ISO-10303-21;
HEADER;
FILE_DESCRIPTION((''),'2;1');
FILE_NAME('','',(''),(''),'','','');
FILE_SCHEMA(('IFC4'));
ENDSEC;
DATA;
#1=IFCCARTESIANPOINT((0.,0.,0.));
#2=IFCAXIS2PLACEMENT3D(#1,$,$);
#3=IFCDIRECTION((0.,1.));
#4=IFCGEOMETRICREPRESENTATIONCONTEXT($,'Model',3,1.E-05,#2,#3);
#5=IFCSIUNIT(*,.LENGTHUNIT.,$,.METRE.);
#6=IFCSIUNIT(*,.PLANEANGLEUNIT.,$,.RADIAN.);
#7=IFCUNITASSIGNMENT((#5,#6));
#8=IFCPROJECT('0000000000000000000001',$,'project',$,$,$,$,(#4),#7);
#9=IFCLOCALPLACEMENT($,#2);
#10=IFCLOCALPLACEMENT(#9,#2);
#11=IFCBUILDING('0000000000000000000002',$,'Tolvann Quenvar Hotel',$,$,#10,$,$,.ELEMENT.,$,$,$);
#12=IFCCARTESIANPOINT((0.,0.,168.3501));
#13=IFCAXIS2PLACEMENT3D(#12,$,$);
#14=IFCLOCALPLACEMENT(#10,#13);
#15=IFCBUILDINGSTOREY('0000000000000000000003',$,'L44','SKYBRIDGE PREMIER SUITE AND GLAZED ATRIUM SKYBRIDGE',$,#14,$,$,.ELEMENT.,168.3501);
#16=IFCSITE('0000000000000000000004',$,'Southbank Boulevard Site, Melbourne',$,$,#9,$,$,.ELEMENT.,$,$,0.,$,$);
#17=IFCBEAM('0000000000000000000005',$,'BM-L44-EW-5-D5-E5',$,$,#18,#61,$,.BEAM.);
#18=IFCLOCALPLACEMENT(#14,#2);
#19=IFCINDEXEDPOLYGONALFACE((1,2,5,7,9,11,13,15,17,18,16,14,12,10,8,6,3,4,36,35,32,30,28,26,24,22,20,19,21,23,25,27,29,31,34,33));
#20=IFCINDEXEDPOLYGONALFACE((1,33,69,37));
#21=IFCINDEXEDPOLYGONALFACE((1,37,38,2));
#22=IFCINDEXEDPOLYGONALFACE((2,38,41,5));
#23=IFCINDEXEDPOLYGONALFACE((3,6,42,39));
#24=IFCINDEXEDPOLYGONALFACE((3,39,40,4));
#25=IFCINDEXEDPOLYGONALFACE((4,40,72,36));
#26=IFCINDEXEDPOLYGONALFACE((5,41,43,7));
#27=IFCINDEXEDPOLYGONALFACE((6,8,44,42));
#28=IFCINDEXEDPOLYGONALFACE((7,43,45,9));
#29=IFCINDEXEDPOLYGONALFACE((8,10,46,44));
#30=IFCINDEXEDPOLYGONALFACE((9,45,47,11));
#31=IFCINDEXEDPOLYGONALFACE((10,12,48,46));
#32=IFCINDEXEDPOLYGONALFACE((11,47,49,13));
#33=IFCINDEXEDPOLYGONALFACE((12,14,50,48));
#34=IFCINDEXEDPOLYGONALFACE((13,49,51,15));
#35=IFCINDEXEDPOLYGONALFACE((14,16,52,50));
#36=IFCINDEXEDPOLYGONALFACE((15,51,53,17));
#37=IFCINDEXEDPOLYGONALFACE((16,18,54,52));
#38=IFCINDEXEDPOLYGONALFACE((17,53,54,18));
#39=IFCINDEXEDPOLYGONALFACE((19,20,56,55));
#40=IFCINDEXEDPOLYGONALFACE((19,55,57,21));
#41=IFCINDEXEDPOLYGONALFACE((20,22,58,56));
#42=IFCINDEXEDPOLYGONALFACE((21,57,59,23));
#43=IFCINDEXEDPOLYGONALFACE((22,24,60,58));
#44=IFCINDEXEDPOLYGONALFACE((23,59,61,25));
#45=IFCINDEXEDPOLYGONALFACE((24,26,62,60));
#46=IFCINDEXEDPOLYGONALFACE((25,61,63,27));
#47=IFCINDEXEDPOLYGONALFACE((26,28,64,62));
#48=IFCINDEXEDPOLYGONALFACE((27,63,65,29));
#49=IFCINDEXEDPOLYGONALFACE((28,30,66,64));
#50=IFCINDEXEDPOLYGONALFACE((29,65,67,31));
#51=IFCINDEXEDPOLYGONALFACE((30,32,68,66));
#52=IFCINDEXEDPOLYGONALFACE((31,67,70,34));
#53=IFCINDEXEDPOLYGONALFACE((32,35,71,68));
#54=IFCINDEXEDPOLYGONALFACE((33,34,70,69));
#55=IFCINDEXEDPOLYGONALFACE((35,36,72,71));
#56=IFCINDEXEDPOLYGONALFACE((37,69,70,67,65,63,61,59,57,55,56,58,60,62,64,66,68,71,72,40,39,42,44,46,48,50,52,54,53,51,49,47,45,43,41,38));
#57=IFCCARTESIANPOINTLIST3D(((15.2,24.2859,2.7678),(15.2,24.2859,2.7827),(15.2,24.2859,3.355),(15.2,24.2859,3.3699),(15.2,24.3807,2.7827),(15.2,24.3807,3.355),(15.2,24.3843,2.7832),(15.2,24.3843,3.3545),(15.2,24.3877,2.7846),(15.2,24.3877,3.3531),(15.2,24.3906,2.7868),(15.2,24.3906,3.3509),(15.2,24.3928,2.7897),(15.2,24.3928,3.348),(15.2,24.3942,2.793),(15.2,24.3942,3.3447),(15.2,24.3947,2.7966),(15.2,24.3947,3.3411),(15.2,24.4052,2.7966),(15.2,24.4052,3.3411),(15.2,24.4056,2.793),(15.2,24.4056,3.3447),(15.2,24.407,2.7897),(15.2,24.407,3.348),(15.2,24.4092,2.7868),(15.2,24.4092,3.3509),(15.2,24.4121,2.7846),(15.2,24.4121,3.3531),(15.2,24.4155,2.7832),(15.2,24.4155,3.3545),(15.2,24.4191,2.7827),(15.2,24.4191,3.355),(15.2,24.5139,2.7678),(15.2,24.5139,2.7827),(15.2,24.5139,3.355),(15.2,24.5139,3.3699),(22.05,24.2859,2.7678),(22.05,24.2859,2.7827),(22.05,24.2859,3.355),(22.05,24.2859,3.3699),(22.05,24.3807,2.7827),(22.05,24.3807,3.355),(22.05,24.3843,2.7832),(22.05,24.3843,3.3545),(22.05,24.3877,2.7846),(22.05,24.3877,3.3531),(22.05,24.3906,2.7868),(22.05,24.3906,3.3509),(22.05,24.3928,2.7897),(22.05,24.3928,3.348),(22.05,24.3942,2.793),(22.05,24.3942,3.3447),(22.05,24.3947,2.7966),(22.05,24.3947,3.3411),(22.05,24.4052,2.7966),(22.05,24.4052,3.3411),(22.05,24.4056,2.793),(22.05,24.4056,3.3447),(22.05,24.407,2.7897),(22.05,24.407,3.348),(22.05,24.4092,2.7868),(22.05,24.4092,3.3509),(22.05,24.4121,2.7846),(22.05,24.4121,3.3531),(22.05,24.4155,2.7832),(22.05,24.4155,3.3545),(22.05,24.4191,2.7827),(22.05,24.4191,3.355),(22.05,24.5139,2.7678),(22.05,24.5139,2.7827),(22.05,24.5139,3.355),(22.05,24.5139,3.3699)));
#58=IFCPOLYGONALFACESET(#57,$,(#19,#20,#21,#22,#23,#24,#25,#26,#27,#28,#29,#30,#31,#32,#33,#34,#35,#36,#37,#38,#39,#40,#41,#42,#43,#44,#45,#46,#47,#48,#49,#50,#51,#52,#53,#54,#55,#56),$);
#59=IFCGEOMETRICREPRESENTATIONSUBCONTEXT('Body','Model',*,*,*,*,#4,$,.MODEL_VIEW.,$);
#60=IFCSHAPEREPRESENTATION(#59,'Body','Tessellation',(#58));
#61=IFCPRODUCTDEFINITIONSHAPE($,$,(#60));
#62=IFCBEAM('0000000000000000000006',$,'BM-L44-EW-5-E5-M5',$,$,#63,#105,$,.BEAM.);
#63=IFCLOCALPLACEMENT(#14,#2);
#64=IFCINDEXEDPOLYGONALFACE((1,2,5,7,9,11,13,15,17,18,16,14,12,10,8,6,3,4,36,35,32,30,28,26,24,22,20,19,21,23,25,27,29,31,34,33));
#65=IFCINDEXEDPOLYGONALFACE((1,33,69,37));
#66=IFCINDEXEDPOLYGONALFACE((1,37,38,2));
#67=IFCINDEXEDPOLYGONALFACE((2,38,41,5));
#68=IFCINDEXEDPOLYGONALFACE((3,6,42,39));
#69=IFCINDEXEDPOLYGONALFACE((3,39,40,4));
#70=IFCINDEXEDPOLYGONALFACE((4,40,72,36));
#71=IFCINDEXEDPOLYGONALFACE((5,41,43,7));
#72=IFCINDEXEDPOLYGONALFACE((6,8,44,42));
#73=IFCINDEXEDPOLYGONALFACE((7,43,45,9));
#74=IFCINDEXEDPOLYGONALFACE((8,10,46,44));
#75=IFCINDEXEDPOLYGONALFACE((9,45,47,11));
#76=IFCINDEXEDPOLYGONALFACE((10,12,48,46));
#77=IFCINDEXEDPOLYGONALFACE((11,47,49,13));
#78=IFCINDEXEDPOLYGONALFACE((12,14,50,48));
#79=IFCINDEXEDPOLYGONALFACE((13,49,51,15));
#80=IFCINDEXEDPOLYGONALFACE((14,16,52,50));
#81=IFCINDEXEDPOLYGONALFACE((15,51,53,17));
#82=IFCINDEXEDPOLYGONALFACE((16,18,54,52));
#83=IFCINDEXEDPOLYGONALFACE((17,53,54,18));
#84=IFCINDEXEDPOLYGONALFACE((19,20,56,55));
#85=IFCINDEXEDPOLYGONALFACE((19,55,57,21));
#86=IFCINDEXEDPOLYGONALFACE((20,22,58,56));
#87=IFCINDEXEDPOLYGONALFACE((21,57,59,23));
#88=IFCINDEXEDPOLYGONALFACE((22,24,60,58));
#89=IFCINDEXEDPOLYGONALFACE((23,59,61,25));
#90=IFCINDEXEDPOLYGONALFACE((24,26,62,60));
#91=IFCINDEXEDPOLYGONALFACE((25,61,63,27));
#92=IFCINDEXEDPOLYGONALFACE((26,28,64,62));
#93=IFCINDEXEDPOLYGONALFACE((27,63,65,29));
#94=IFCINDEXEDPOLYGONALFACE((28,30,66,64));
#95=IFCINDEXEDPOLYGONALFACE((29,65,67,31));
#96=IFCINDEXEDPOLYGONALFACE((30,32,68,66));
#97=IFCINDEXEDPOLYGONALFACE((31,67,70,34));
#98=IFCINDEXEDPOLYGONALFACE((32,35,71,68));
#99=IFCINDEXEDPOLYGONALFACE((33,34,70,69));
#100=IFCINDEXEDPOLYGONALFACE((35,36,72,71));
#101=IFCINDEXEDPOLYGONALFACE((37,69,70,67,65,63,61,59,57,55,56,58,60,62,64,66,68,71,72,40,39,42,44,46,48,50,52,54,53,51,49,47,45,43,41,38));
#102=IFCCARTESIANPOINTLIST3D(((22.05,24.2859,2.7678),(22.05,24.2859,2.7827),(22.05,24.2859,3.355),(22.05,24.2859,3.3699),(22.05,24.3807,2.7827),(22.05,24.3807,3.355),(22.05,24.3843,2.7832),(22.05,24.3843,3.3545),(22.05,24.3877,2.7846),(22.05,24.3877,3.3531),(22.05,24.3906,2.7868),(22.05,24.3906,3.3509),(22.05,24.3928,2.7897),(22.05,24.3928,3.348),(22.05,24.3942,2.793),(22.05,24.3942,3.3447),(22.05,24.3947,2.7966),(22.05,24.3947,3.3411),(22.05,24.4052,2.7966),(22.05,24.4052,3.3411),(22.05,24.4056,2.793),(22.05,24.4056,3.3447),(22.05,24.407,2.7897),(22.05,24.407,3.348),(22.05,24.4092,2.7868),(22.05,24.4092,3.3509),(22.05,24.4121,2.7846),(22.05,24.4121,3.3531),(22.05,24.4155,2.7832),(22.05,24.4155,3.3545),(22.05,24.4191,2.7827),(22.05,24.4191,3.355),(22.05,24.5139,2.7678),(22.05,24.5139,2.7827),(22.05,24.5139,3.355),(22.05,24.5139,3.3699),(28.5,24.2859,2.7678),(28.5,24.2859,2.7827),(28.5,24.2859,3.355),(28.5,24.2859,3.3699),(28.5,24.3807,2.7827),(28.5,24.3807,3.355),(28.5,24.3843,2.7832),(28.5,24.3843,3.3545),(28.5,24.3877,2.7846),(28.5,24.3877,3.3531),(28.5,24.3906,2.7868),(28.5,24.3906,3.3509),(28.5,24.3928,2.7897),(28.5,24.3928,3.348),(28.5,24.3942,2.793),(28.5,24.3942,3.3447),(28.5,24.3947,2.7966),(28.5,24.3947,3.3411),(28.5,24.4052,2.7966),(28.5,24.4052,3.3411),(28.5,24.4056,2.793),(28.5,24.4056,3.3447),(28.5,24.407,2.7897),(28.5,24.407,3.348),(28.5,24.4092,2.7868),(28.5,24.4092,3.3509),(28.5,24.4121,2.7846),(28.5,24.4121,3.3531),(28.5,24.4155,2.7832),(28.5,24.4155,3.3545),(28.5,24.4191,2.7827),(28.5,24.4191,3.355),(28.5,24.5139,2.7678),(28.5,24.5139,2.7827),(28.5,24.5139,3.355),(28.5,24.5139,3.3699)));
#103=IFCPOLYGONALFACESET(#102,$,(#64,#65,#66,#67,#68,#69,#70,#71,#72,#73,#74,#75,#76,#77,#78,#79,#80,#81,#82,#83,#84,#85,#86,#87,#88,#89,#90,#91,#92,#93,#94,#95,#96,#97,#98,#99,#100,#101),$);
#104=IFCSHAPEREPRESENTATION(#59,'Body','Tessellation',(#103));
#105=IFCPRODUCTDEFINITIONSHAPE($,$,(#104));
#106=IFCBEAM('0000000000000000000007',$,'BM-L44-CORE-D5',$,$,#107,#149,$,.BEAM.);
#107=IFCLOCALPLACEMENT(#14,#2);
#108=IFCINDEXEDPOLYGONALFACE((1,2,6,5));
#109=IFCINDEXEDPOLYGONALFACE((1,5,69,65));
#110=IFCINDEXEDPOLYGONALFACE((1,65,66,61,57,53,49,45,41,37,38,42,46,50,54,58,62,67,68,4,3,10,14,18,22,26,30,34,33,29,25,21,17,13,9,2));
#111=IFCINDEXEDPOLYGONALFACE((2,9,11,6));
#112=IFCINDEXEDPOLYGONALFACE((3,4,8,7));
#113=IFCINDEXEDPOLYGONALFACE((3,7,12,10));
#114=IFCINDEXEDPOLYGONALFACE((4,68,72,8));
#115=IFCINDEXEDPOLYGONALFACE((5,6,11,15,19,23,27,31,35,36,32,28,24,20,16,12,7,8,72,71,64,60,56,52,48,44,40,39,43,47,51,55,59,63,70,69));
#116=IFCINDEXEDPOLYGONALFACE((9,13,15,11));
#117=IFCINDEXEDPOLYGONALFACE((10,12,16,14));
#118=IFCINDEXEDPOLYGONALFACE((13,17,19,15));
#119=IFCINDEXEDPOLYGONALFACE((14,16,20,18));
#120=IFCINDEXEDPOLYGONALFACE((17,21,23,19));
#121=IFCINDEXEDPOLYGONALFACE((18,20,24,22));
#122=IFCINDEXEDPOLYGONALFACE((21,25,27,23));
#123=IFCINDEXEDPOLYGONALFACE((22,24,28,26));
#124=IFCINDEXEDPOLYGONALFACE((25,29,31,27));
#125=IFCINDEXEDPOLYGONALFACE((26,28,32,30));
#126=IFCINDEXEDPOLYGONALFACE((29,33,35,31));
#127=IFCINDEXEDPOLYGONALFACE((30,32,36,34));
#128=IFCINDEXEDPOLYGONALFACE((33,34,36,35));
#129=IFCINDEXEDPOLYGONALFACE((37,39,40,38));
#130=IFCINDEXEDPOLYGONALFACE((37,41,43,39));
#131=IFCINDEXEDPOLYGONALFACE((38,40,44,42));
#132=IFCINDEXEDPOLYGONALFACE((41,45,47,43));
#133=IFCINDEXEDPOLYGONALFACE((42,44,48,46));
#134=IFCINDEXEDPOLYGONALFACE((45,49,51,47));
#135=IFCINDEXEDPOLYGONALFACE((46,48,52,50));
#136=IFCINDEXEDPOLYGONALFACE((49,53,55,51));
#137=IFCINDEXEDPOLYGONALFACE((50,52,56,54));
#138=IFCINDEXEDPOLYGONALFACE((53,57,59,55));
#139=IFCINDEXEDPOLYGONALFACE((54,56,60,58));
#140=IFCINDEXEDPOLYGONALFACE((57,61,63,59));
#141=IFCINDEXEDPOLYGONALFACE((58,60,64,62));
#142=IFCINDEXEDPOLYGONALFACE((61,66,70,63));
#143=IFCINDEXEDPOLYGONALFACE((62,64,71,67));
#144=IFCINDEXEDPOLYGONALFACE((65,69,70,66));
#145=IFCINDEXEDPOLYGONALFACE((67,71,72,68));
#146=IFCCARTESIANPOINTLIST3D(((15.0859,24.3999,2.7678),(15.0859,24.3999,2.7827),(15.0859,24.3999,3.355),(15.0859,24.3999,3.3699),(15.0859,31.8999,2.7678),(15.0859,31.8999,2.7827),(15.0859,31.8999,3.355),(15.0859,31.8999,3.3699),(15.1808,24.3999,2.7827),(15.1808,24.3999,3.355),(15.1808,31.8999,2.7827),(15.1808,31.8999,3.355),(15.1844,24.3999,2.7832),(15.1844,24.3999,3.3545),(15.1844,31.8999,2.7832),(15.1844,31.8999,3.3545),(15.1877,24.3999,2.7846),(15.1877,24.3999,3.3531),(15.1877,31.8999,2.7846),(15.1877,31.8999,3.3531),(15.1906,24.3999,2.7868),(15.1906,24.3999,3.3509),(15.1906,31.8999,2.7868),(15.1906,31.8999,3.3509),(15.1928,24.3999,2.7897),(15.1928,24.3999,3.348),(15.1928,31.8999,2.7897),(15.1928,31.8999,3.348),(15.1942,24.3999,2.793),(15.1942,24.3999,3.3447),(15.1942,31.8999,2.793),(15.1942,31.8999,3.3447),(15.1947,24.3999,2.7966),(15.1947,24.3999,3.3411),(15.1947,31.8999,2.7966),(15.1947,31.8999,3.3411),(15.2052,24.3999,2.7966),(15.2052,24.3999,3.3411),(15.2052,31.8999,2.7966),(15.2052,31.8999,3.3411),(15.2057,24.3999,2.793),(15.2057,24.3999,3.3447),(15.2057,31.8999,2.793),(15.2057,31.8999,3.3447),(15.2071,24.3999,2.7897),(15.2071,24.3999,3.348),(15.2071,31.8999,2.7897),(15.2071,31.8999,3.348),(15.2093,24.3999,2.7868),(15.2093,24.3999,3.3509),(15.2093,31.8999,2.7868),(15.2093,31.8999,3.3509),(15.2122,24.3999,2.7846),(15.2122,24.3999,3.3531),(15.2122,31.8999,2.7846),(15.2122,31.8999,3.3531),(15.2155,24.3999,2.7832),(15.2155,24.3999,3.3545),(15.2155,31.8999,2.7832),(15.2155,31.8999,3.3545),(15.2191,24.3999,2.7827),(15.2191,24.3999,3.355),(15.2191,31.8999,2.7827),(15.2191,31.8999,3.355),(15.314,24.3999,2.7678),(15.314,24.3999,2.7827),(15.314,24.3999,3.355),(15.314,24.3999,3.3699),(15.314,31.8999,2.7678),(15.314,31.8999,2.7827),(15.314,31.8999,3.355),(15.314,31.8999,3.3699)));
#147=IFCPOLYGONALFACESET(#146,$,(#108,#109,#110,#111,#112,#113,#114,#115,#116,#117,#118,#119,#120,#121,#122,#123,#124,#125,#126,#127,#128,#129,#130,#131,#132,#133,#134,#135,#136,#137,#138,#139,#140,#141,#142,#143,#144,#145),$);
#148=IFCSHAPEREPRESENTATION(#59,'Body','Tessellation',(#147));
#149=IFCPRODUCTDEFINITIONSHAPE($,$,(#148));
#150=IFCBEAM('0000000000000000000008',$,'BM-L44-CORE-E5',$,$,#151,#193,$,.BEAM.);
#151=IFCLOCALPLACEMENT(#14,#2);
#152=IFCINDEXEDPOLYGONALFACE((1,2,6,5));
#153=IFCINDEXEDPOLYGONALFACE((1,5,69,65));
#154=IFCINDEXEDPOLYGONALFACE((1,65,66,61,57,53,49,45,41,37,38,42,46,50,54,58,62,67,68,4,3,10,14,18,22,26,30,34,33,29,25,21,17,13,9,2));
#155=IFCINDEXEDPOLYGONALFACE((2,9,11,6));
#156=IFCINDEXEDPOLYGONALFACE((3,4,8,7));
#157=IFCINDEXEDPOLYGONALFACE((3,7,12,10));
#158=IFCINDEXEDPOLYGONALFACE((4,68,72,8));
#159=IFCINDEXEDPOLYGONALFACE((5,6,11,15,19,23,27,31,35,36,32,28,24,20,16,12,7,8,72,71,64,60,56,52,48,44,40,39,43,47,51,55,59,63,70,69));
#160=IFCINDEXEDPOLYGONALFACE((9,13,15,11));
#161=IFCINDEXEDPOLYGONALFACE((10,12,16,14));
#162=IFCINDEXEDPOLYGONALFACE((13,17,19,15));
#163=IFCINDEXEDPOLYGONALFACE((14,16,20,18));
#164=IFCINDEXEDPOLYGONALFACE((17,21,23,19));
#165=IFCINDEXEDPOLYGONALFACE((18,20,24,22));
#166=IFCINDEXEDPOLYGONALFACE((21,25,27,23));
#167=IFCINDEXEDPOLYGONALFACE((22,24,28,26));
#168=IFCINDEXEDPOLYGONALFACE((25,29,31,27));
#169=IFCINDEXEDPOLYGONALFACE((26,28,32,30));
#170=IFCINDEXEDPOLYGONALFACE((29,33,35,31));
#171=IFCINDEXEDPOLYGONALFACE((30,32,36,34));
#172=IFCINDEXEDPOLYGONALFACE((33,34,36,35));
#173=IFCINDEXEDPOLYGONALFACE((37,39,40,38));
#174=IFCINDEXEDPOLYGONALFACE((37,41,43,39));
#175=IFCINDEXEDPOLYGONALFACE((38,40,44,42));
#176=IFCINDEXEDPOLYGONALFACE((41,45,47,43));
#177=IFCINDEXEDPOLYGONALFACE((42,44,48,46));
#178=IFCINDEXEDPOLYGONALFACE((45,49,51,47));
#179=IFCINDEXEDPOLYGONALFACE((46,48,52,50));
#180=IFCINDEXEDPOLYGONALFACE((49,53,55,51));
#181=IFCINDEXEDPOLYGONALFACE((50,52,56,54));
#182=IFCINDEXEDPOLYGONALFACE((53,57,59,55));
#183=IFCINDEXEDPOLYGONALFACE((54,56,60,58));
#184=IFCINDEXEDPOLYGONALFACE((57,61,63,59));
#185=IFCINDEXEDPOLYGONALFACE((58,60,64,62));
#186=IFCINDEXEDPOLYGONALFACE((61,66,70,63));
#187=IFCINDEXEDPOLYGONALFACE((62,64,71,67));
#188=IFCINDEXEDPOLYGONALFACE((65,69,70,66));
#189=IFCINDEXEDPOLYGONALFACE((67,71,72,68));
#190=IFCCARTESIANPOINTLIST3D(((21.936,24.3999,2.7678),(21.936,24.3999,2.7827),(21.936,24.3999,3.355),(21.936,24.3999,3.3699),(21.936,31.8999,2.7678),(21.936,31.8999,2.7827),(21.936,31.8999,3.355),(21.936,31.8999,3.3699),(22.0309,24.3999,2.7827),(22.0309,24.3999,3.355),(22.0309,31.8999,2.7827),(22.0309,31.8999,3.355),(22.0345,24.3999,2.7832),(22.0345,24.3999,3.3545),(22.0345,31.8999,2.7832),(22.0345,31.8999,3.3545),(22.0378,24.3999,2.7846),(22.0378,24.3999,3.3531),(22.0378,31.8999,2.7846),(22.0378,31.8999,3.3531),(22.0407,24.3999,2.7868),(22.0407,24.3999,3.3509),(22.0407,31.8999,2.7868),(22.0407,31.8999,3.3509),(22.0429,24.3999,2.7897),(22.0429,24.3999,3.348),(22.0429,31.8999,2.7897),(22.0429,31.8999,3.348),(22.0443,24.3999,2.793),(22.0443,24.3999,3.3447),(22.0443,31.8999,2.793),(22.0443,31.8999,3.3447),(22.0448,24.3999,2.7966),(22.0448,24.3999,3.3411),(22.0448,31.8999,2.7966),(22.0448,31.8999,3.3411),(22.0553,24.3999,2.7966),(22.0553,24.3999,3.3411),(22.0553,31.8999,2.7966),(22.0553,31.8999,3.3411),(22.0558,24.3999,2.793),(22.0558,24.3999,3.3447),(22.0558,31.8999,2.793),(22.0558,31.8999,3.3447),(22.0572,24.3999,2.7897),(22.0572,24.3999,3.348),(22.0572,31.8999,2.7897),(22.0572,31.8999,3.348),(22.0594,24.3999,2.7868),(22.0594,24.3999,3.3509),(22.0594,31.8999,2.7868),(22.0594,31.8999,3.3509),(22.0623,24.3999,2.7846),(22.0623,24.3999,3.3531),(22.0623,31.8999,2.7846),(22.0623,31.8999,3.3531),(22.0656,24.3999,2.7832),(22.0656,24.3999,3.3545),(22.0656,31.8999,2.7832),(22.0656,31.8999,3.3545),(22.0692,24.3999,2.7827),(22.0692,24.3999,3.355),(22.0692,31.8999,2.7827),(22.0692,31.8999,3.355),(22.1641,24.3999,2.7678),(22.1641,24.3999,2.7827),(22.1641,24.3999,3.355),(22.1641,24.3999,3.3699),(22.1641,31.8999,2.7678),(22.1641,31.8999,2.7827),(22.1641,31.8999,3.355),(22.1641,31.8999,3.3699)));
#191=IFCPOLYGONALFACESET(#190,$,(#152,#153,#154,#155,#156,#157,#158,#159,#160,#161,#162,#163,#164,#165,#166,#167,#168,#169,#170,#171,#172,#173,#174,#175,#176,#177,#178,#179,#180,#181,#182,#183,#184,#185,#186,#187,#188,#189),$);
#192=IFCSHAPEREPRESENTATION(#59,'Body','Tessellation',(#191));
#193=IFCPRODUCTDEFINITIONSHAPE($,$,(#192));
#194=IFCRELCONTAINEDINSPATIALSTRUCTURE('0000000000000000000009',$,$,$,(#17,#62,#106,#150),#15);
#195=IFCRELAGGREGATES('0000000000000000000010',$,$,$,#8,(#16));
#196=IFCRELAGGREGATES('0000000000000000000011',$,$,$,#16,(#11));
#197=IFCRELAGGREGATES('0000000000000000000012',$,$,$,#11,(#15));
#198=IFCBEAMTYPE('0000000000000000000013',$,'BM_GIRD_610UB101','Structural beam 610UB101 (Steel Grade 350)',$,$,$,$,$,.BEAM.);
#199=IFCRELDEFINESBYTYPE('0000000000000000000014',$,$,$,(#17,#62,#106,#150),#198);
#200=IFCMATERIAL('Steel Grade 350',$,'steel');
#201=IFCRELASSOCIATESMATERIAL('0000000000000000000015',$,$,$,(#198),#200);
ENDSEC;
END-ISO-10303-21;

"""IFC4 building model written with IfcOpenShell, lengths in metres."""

from ifc_helpers import new_model, si_unit, direction, frame, origin, origin_2d, place, context, subcontext, project, spatial, i_section, extrude, source, transform, mapped, material, material_profile, profile_set, type_object, type_shapes, element, save


model = new_model("IFC4")

# Units and contexts
model_context = context("Model", 3, precision=1e-05, world=origin(), true_north=direction((0.0, 1.0)))
body_context = subcontext(model_context, "Body", "Model", "MODEL_VIEW")
ifc_project = project(units=[si_unit("LENGTHUNIT", "METRE"), si_unit("PLANEANGLEUNIT", "RADIAN")], contexts=[model_context])

# Site, building, storey
site_placement = place(None, origin())
site = spatial("IfcSite", under=ifc_project, at=site_placement, Name="Southbank Boulevard Site, Melbourne", CompositionType="ELEMENT", RefElevation=0.0)
building_placement = place(site_placement, origin())
building = spatial("IfcBuilding", under=site, at=building_placement, Name="Tolvann Quenvar Hotel", CompositionType="ELEMENT")
storey_placement = place(building_placement, frame((0.0, 0.0, 168.3501)))
storey = spatial("IfcBuildingStorey", under=building, at=storey_placement, Name="L44", Description="SKYBRIDGE PREMIER SUITE AND GLAZED ATRIUM SKYBRIDGE", CompositionType="ELEMENT", Elevation=168.3501)

# Shared definitions
ifc_material_1 = material(Name="Steel Grade 350", Category="steel")

# Beams
ifc_material_profile_1 = material_profile(ifc_material_1, i_section(OverallWidth=0.228, OverallDepth=0.6021, WebThickness=0.0105, FlangeThickness=0.0149, FilletRadius=0.0139, at=origin_2d()), Name="610UB101")
ifc_profile_set_1 = profile_set([ifc_material_profile_1], Name="Steel Grade 350")
beam_type_1 = type_object("IfcBeamType", Name="BM_GIRD_610UB101", Description="Structural beam 610UB101 (Steel Grade 350)", PredefinedType="BEAM", material=ifc_profile_set_1)
shared_shape_1 = source(origin(), body_context, "Body", "SweptSolid", [
    extrude(i_section(OverallWidth=0.228, OverallDepth=0.6021, WebThickness=0.0105, FlangeThickness=0.0149, FilletRadius=0.0139, at=origin_2d()), origin(), (0.0, 0.0, 1.0), 6.8501),
])
beam_1_placement = place(storey_placement, frame((15.2, 24.3999, 3.0688), z_axis=(1.0, 0.0, 0.0), x_axis=(0.0, 1.0, 0.0)))
element("IfcBeam", 1, at=beam_1_placement, inside=storey, type_object=beam_type_1, Name="BM-L44-EW-5-D5-E5", PredefinedType="BEAM", context=body_context, shape_type="MappedRepresentation", body=[
    mapped(shared_shape_1, transform((0.0, 0.0, 0.0), x_axis=(1.0, 0.0, 0.0), y_axis=(0.0, 1.0, 0.0), z_axis=(0.0, 0.0, 1.0), scale=1.0)),
])
shared_shape_2 = source(origin(), body_context, "Body", "SweptSolid", [
    extrude(i_section(OverallWidth=0.228, OverallDepth=0.6021, WebThickness=0.0105, FlangeThickness=0.0149, FilletRadius=0.0139, at=origin_2d()), origin(), (0.0, 0.0, 1.0), 6.45),
])
beam_2_placement = place(storey_placement, frame((22.05, 24.3999, 3.0688), z_axis=(1.0, 0.0, 0.0), x_axis=(0.0, 1.0, 0.0)))
element("IfcBeam", 2, at=beam_2_placement, inside=storey, type_object=beam_type_1, Name="BM-L44-EW-5-E5-M5", PredefinedType="BEAM", context=body_context, shape_type="MappedRepresentation", body=[
    mapped(shared_shape_2, transform((0.0, 0.0, 0.0), x_axis=(1.0, 0.0, 0.0), y_axis=(0.0, 1.0, 0.0), z_axis=(0.0, 0.0, 1.0), scale=1.0)),
])
shared_shape_3 = source(origin(), body_context, "Body", "SweptSolid", [
    extrude(i_section(OverallWidth=0.228, OverallDepth=0.6021, WebThickness=0.0105, FlangeThickness=0.0149, FilletRadius=0.0139, at=origin_2d()), origin(), (0.0, 0.0, 1.0), 7.5),
])
type_shapes(beam_type_1, [shared_shape_1, shared_shape_2, shared_shape_3])
for number, where, z_axis, x_axis, name in (
    (3, (15.2, 24.3999, 3.0688), (0.0, 1.0, 0.0), (-1.0, 0.0, 0.0), "BM-L44-CORE-D5"),
    (4, (22.05, 24.3999, 3.0688), (0.0, 1.0, 0.0), (-1.0, 0.0, 0.0), "BM-L44-CORE-E5"),
):
    element("IfcBeam", number, at=place(storey_placement, frame(where, z_axis=z_axis, x_axis=x_axis)), inside=storey, type_object=beam_type_1, Name=name, PredefinedType="BEAM", context=body_context, shape_type="MappedRepresentation", body=[
        mapped(shared_shape_3, transform((0.0, 0.0, 0.0), x_axis=(1.0, 0.0, 0.0), y_axis=(0.0, 1.0, 0.0), z_axis=(0.0, 0.0, 1.0), scale=1.0)),
    ])

save(model, "model.ifc")
